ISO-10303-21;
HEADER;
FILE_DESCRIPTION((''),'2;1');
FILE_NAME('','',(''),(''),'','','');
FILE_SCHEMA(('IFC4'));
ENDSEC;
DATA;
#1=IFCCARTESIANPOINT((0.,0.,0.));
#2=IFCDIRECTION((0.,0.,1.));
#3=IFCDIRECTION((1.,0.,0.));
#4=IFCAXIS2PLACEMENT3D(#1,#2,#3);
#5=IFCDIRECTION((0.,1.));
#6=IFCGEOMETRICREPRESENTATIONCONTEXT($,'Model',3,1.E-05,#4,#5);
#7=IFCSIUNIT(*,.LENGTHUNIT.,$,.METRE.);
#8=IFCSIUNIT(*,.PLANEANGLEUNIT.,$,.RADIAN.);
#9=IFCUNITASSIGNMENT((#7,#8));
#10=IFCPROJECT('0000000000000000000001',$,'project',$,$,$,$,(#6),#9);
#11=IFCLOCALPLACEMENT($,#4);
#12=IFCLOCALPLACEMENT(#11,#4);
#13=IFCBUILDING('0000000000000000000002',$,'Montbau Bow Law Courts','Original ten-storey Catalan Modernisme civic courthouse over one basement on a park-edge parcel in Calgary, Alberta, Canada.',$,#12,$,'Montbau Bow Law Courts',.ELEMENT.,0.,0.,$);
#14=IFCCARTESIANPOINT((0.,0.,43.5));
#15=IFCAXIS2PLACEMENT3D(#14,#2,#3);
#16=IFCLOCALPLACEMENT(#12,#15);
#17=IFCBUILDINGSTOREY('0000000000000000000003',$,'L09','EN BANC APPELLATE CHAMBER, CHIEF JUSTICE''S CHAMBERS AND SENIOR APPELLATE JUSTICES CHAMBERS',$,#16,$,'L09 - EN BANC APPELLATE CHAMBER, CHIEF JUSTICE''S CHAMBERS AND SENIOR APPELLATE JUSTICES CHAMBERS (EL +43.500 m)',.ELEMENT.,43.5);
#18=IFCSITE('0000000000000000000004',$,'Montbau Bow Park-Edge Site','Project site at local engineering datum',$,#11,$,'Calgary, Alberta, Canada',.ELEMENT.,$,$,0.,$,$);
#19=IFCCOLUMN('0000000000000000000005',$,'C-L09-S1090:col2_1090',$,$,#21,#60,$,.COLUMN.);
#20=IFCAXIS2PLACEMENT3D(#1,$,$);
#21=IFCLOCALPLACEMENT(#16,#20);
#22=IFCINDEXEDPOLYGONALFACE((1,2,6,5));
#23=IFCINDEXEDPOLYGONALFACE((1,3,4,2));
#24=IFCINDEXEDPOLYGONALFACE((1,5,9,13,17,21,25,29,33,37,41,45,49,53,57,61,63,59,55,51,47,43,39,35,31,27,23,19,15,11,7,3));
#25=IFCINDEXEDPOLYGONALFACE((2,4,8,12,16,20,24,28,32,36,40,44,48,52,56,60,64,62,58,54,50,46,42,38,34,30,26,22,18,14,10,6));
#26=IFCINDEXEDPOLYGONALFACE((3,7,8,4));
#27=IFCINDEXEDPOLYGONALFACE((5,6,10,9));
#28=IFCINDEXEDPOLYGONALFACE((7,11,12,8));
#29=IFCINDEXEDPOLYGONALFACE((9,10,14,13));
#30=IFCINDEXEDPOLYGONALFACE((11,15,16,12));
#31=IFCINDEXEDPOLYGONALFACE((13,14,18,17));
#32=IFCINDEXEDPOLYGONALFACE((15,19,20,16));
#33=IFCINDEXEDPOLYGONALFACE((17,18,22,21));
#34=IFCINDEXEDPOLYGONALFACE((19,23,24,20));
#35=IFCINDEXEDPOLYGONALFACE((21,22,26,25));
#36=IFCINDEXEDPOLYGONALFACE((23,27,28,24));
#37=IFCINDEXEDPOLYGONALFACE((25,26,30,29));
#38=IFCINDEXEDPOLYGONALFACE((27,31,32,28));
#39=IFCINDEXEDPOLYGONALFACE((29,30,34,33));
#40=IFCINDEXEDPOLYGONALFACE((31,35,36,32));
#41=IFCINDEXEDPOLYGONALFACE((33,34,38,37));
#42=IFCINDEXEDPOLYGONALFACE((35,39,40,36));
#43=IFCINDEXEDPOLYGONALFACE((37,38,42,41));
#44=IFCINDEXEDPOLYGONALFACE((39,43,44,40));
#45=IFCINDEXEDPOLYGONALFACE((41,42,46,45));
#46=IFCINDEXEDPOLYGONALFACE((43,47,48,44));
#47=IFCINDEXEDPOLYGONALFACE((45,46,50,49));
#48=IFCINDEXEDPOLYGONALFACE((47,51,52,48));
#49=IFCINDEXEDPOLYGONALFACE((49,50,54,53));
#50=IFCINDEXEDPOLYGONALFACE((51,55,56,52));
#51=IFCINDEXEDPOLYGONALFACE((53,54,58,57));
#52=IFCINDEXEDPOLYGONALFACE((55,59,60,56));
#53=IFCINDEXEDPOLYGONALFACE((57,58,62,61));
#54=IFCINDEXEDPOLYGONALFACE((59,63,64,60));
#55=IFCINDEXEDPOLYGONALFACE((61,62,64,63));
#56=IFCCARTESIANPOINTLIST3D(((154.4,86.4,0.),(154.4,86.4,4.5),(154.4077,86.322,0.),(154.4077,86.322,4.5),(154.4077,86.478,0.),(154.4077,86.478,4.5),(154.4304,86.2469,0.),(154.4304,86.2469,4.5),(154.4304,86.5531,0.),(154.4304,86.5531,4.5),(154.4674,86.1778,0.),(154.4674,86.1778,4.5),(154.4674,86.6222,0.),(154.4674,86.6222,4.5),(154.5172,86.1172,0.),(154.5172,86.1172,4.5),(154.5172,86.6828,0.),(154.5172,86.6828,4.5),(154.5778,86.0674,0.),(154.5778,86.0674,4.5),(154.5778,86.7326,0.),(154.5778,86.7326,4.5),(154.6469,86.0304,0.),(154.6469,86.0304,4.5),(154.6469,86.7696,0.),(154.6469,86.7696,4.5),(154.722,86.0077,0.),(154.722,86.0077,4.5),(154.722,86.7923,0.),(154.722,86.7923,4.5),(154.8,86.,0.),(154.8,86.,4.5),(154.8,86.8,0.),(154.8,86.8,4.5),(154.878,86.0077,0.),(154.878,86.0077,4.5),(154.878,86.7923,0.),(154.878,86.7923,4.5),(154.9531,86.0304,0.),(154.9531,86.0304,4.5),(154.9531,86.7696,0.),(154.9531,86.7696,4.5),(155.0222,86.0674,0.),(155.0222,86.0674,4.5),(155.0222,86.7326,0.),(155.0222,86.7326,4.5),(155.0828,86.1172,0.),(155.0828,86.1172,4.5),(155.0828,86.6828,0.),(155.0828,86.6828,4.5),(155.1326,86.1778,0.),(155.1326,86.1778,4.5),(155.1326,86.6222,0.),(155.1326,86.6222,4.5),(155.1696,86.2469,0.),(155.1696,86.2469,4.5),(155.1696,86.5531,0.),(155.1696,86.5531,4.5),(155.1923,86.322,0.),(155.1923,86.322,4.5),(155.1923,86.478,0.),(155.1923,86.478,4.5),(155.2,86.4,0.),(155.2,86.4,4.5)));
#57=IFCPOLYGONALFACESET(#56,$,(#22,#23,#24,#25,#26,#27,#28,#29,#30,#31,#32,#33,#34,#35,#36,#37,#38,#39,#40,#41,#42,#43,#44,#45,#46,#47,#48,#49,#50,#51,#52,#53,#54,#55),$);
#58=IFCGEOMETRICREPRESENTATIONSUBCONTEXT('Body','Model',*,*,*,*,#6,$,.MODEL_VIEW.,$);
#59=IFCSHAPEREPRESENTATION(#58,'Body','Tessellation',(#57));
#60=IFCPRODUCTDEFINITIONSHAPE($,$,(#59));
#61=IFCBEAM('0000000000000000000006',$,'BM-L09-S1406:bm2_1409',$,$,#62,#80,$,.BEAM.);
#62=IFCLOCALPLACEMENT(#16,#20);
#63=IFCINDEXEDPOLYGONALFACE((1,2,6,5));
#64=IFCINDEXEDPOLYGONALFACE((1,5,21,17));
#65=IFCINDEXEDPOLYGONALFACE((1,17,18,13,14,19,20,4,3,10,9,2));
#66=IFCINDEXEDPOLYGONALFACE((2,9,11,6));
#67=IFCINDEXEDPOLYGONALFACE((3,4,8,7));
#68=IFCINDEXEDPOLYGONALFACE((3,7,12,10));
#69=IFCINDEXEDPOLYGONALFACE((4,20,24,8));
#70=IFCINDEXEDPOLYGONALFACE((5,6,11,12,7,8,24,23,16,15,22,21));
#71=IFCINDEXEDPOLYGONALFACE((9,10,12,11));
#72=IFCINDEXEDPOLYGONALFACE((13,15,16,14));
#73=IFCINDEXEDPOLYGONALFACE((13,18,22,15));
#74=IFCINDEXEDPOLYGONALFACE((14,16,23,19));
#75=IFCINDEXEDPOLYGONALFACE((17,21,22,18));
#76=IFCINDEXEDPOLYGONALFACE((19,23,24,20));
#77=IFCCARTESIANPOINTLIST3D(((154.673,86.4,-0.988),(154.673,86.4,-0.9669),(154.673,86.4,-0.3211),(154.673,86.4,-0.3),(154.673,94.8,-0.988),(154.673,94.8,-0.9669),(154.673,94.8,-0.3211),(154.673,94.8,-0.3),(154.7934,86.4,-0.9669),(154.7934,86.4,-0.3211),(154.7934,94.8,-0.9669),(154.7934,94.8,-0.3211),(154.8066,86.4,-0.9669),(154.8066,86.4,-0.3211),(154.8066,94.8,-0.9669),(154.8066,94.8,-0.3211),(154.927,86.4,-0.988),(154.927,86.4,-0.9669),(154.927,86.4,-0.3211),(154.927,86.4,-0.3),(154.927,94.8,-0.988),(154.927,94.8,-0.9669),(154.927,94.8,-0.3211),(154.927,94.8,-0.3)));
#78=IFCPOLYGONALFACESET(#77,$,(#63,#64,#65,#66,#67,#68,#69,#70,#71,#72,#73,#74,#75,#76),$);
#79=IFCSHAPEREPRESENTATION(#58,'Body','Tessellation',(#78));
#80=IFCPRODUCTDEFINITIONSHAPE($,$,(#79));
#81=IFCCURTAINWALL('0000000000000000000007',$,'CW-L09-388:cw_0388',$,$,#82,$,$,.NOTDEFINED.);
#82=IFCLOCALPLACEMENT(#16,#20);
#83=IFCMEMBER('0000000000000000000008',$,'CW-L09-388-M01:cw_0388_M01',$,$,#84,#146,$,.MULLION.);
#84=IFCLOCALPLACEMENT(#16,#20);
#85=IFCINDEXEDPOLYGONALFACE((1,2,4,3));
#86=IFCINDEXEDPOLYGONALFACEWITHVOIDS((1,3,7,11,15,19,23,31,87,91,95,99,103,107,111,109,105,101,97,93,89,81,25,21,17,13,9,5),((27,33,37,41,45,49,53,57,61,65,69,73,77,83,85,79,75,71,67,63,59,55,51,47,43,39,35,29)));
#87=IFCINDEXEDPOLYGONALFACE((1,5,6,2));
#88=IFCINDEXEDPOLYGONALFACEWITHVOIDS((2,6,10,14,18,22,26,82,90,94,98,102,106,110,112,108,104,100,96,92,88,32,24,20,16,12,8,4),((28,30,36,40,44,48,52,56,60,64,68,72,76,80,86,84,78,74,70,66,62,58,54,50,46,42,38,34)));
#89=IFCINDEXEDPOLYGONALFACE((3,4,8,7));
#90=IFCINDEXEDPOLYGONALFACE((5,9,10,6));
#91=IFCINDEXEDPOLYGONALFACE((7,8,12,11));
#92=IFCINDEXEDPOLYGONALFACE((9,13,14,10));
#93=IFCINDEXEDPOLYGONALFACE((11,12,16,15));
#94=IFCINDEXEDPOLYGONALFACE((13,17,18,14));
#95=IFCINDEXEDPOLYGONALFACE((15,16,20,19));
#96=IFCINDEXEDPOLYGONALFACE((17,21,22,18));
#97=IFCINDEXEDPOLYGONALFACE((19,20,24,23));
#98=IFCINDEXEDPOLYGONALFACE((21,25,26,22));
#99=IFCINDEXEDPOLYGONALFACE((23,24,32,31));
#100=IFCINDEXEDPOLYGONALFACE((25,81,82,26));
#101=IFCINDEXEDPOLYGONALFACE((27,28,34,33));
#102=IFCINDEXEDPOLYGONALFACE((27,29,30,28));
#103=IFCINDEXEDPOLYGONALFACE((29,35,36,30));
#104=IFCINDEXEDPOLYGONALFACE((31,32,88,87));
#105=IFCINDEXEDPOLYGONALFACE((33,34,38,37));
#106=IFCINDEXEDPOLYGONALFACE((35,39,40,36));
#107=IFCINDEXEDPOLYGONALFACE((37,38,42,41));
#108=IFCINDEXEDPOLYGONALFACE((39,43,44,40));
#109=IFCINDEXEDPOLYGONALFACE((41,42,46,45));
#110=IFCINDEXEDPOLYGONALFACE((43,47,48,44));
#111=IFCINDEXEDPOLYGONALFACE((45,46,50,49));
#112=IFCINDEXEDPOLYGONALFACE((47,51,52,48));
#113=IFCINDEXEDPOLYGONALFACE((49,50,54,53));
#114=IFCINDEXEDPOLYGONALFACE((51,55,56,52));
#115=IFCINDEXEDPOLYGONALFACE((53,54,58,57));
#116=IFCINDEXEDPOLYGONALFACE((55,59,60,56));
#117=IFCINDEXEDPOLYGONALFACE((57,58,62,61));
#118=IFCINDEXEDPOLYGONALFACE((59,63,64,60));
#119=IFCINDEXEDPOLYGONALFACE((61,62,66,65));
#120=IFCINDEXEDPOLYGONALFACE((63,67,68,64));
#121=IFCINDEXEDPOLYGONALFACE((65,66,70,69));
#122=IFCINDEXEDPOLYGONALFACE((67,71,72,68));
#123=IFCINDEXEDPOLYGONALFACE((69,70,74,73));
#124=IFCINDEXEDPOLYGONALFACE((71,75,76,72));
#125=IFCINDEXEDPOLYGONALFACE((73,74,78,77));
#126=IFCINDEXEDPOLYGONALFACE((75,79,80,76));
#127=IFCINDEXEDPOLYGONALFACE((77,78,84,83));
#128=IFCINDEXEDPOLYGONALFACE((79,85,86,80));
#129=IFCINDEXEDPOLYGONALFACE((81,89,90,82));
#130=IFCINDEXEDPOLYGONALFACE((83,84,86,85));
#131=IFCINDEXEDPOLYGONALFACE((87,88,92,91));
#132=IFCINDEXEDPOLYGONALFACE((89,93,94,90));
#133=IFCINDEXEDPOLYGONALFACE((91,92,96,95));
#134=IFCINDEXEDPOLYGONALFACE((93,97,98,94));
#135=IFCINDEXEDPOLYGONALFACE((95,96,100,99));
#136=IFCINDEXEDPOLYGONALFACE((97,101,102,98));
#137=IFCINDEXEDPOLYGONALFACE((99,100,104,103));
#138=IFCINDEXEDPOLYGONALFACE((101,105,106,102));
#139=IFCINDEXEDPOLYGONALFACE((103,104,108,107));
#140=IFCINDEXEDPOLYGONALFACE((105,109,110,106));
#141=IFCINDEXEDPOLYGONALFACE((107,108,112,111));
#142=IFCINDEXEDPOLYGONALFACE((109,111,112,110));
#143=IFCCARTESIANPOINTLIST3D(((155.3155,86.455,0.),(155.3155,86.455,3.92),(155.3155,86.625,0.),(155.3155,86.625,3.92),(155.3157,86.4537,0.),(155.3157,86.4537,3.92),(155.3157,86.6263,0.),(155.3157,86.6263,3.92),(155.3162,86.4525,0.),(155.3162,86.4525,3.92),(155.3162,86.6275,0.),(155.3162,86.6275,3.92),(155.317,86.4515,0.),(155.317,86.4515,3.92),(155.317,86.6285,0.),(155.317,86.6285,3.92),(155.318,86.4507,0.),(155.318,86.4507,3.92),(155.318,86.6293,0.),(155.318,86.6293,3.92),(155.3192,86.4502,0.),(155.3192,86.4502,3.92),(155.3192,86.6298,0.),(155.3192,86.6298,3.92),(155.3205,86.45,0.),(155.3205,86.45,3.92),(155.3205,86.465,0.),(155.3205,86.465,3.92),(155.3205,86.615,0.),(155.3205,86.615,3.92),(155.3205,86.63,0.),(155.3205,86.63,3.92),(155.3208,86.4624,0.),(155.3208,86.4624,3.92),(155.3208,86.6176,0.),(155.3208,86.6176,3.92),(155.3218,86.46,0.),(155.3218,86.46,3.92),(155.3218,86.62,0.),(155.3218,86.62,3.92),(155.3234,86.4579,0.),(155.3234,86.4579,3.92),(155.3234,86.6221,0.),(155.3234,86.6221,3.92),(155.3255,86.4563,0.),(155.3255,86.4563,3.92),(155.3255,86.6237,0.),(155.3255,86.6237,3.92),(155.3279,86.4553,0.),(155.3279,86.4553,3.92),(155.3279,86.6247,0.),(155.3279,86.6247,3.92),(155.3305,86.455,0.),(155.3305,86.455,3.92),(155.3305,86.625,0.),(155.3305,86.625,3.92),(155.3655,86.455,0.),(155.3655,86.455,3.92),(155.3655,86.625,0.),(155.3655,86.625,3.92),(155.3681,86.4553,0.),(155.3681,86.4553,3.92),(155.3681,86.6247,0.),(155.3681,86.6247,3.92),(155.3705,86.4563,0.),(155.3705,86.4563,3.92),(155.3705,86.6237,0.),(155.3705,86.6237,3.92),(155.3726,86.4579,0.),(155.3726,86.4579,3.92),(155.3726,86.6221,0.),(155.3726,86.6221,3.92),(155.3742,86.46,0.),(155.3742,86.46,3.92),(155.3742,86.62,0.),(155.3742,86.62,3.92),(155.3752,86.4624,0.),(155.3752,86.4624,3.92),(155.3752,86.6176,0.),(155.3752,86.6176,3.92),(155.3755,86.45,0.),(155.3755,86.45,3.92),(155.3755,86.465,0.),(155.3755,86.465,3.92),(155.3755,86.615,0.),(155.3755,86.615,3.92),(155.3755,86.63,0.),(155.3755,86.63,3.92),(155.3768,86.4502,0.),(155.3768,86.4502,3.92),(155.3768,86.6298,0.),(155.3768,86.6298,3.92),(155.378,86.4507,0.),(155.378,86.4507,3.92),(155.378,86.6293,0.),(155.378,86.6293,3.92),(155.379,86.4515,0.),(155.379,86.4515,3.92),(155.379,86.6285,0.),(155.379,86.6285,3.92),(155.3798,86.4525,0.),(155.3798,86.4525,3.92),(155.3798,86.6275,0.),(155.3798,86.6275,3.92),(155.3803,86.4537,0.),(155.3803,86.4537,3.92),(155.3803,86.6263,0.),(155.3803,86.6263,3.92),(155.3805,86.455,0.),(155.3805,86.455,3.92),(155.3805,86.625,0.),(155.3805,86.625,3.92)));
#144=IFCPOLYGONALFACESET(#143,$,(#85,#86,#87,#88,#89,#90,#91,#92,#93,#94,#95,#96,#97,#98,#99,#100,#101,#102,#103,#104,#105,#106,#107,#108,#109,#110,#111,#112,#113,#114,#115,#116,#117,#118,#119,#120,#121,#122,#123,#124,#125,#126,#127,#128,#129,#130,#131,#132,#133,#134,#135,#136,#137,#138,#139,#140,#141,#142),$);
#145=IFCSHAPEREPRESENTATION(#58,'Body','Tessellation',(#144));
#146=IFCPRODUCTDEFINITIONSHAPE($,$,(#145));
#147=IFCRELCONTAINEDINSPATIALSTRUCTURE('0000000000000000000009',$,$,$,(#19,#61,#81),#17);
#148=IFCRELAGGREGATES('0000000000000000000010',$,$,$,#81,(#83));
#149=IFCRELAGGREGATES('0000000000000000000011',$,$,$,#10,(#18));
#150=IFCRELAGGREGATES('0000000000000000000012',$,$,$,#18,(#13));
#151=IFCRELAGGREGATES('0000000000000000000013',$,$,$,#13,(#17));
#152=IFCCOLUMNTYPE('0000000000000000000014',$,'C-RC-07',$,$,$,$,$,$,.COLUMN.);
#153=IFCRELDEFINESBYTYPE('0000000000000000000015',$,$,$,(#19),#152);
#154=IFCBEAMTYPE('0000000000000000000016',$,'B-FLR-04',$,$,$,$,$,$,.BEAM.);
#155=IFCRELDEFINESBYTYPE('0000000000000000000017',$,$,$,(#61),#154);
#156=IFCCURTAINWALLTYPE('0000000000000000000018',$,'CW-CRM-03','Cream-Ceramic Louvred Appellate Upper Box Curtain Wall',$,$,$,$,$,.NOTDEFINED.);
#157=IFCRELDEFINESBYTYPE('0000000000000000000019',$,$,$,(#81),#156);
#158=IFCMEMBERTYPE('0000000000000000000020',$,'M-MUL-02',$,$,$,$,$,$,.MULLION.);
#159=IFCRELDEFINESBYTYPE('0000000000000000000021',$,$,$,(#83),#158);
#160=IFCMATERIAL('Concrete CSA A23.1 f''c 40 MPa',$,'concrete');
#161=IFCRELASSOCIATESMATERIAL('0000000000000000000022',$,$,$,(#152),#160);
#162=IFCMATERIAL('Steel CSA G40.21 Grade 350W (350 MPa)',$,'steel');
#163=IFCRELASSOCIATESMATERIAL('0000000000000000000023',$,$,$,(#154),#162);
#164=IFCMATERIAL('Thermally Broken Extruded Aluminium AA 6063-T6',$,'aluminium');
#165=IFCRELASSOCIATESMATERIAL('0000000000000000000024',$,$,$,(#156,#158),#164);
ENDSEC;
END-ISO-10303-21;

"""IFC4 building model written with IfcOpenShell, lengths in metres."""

from ifc_helpers import new_model, si_unit, direction, frame, origin_with_axes, origin_2d_with_axis, place, context, subcontext, project, spatial, hollow_rectangle, circle, i_section, extrude, material, material_profile, profile_set, type_object, element, aggregate, save


model = new_model("IFC4")

# Units and contexts
model_context = context("Model", 3, precision=1e-05, world=origin_with_axes(), true_north=direction((0.0, 1.0)))
body_context = subcontext(model_context, "Body", "Model", "MODEL_VIEW")
ifc_project = project(units=[si_unit("LENGTHUNIT", "METRE"), si_unit("PLANEANGLEUNIT", "RADIAN")], contexts=[model_context])

# Site, building, storey
site_placement = place(None, origin_with_axes())
site = spatial("IfcSite", under=ifc_project, at=site_placement, Name="Montbau Bow Park-Edge Site", Description="Project site at local engineering datum", LongName="Calgary, Alberta, Canada", CompositionType="ELEMENT", RefElevation=0.0)
building_placement = place(site_placement, origin_with_axes())
building = spatial("IfcBuilding", under=site, at=building_placement, Name="Montbau Bow Law Courts", Description="Original ten-storey Catalan Modernisme civic courthouse over one basement on a park-edge parcel in Calgary, Alberta, Canada.", LongName="Montbau Bow Law Courts", CompositionType="ELEMENT", ElevationOfRefHeight=0.0, ElevationOfTerrain=0.0)
storey_placement = place(building_placement, frame((0.0, 0.0, 43.5), z_axis=(0.0, 0.0, 1.0), x_axis=(1.0, 0.0, 0.0)))
storey = spatial("IfcBuildingStorey", under=building, at=storey_placement, Name="L09", Description="EN BANC APPELLATE CHAMBER, CHIEF JUSTICE'S CHAMBERS AND SENIOR APPELLATE JUSTICES CHAMBERS", LongName="L09 - EN BANC APPELLATE CHAMBER, CHIEF JUSTICE'S CHAMBERS AND SENIOR APPELLATE JUSTICES CHAMBERS (EL +43.500 m)", CompositionType="ELEMENT", Elevation=43.5)

# Column
ifc_material_1 = material(Name="Concrete CSA A23.1 f'c 40 MPa", Category="concrete")
ifc_material_profile_1 = material_profile(ifc_material_1, circle(Radius=0.4, at=origin_2d_with_axis()), Name="RC800D", Category="Main", Priority=0)
ifc_profile_set_1 = profile_set([ifc_material_profile_1], Name="Concrete CSA A23.1 f'c 40 MPa")
column_type = type_object("IfcColumnType", Name="C-RC-07", PredefinedType="COLUMN", material=ifc_profile_set_1)
column_placement = place(None, frame((154.8, 86.4, 43.5), z_axis=(0.0, 0.0, 1.0), x_axis=(1.0, 0.0, 0.0)))
element("IfcColumn", 1, at=column_placement, inside=storey, type_object=column_type, Name="C-L09-S1090:col2_1090", PredefinedType="COLUMN", context=body_context, shape_type="SweptSolid", body=[
    extrude(circle(Radius=0.4, at=origin_2d_with_axis()), origin_with_axes(), (0.0, 0.0, 1.0), 4.5),
])

# Beam
ifc_material_2 = material(Name="Steel CSA G40.21 Grade 350W (350 MPa)", Category="steel")
ifc_material_profile_2 = material_profile(ifc_material_2, i_section(OverallWidth=0.254, OverallDepth=0.688, WebThickness=0.0131, FlangeThickness=0.0211, at=origin_2d_with_axis()), Name="W690X152", Category="Main", Priority=0)
ifc_profile_set_2 = profile_set([ifc_material_profile_2], Name="Steel CSA G40.21 Grade 350W (350 MPa)")
beam_type = type_object("IfcBeamType", Name="B-FLR-04", PredefinedType="BEAM", material=ifc_profile_set_2)
beam_placement = place(None, frame((154.8, 86.4, 42.856), z_axis=(0.0, 1.0, 0.0), x_axis=(-1.0, 0.0, 0.0)))
element("IfcBeam", 2, at=beam_placement, inside=storey, type_object=beam_type, Name="BM-L09-S1406:bm2_1409", PredefinedType="BEAM", context=body_context, shape_type="SweptSolid", body=[
    extrude(i_section(OverallWidth=0.254, OverallDepth=0.688, WebThickness=0.0131, FlangeThickness=0.0211, at=origin_2d_with_axis()), origin_with_axes(), (0.0, 0.0, 1.0), 8.4),
])

# Curtain wall, member
ifc_material_3 = material(Name="Thermally Broken Extruded Aluminium AA 6063-T6", Category="aluminium")
curtain_wall_type = type_object("IfcCurtainWallType", Name="CW-CRM-03", Description="Cream-Ceramic Louvred Appellate Upper Box Curtain Wall", PredefinedType="NOTDEFINED", material=ifc_material_3)
curtain_wall_placement = place(None, frame((155.315, 86.54, 43.5), z_axis=(0.0, 0.0, 1.0), x_axis=(1.0, 0.0, 0.0)))
curtain_wall = element("IfcCurtainWall", 3, at=curtain_wall_placement, inside=storey, type_object=curtain_wall_type, Name="CW-L09-388:cw_0388", PredefinedType="NOTDEFINED")
ifc_material_profile_3 = material_profile(ifc_material_3, hollow_rectangle(XDim=0.065, YDim=0.18, WallThickness=0.005, InnerFilletRadius=0.01, OuterFilletRadius=0.005, at=origin_2d_with_axis()), Name="CWM-180X65", Category="Main", Priority=0)
ifc_profile_set_3 = profile_set([ifc_material_profile_3], Name="Thermally Broken Extruded Aluminium AA 6063-T6")
member_type_1 = type_object("IfcMemberType", Name="M-MUL-02", PredefinedType="MULLION", material=ifc_profile_set_3)
member_1_placement = place(None, frame((155.348, 86.54, 43.5), z_axis=(0.0, 0.0, 1.0), x_axis=(1.0, 0.0, 0.0)))
member_1 = element("IfcMember", 4, at=member_1_placement, type_object=member_type_1, Name="CW-L09-388-M01:cw_0388_M01", PredefinedType="MULLION", context=body_context, shape_type="SweptSolid", body=[
    extrude(hollow_rectangle(XDim=0.065, YDim=0.18, WallThickness=0.005, InnerFilletRadius=0.01, OuterFilletRadius=0.005, at=origin_2d_with_axis()), origin_with_axes(), (0.0, 0.0, 1.0), 3.92),
])
aggregate(curtain_wall, [member_1])

save(model, "model.ifc")
